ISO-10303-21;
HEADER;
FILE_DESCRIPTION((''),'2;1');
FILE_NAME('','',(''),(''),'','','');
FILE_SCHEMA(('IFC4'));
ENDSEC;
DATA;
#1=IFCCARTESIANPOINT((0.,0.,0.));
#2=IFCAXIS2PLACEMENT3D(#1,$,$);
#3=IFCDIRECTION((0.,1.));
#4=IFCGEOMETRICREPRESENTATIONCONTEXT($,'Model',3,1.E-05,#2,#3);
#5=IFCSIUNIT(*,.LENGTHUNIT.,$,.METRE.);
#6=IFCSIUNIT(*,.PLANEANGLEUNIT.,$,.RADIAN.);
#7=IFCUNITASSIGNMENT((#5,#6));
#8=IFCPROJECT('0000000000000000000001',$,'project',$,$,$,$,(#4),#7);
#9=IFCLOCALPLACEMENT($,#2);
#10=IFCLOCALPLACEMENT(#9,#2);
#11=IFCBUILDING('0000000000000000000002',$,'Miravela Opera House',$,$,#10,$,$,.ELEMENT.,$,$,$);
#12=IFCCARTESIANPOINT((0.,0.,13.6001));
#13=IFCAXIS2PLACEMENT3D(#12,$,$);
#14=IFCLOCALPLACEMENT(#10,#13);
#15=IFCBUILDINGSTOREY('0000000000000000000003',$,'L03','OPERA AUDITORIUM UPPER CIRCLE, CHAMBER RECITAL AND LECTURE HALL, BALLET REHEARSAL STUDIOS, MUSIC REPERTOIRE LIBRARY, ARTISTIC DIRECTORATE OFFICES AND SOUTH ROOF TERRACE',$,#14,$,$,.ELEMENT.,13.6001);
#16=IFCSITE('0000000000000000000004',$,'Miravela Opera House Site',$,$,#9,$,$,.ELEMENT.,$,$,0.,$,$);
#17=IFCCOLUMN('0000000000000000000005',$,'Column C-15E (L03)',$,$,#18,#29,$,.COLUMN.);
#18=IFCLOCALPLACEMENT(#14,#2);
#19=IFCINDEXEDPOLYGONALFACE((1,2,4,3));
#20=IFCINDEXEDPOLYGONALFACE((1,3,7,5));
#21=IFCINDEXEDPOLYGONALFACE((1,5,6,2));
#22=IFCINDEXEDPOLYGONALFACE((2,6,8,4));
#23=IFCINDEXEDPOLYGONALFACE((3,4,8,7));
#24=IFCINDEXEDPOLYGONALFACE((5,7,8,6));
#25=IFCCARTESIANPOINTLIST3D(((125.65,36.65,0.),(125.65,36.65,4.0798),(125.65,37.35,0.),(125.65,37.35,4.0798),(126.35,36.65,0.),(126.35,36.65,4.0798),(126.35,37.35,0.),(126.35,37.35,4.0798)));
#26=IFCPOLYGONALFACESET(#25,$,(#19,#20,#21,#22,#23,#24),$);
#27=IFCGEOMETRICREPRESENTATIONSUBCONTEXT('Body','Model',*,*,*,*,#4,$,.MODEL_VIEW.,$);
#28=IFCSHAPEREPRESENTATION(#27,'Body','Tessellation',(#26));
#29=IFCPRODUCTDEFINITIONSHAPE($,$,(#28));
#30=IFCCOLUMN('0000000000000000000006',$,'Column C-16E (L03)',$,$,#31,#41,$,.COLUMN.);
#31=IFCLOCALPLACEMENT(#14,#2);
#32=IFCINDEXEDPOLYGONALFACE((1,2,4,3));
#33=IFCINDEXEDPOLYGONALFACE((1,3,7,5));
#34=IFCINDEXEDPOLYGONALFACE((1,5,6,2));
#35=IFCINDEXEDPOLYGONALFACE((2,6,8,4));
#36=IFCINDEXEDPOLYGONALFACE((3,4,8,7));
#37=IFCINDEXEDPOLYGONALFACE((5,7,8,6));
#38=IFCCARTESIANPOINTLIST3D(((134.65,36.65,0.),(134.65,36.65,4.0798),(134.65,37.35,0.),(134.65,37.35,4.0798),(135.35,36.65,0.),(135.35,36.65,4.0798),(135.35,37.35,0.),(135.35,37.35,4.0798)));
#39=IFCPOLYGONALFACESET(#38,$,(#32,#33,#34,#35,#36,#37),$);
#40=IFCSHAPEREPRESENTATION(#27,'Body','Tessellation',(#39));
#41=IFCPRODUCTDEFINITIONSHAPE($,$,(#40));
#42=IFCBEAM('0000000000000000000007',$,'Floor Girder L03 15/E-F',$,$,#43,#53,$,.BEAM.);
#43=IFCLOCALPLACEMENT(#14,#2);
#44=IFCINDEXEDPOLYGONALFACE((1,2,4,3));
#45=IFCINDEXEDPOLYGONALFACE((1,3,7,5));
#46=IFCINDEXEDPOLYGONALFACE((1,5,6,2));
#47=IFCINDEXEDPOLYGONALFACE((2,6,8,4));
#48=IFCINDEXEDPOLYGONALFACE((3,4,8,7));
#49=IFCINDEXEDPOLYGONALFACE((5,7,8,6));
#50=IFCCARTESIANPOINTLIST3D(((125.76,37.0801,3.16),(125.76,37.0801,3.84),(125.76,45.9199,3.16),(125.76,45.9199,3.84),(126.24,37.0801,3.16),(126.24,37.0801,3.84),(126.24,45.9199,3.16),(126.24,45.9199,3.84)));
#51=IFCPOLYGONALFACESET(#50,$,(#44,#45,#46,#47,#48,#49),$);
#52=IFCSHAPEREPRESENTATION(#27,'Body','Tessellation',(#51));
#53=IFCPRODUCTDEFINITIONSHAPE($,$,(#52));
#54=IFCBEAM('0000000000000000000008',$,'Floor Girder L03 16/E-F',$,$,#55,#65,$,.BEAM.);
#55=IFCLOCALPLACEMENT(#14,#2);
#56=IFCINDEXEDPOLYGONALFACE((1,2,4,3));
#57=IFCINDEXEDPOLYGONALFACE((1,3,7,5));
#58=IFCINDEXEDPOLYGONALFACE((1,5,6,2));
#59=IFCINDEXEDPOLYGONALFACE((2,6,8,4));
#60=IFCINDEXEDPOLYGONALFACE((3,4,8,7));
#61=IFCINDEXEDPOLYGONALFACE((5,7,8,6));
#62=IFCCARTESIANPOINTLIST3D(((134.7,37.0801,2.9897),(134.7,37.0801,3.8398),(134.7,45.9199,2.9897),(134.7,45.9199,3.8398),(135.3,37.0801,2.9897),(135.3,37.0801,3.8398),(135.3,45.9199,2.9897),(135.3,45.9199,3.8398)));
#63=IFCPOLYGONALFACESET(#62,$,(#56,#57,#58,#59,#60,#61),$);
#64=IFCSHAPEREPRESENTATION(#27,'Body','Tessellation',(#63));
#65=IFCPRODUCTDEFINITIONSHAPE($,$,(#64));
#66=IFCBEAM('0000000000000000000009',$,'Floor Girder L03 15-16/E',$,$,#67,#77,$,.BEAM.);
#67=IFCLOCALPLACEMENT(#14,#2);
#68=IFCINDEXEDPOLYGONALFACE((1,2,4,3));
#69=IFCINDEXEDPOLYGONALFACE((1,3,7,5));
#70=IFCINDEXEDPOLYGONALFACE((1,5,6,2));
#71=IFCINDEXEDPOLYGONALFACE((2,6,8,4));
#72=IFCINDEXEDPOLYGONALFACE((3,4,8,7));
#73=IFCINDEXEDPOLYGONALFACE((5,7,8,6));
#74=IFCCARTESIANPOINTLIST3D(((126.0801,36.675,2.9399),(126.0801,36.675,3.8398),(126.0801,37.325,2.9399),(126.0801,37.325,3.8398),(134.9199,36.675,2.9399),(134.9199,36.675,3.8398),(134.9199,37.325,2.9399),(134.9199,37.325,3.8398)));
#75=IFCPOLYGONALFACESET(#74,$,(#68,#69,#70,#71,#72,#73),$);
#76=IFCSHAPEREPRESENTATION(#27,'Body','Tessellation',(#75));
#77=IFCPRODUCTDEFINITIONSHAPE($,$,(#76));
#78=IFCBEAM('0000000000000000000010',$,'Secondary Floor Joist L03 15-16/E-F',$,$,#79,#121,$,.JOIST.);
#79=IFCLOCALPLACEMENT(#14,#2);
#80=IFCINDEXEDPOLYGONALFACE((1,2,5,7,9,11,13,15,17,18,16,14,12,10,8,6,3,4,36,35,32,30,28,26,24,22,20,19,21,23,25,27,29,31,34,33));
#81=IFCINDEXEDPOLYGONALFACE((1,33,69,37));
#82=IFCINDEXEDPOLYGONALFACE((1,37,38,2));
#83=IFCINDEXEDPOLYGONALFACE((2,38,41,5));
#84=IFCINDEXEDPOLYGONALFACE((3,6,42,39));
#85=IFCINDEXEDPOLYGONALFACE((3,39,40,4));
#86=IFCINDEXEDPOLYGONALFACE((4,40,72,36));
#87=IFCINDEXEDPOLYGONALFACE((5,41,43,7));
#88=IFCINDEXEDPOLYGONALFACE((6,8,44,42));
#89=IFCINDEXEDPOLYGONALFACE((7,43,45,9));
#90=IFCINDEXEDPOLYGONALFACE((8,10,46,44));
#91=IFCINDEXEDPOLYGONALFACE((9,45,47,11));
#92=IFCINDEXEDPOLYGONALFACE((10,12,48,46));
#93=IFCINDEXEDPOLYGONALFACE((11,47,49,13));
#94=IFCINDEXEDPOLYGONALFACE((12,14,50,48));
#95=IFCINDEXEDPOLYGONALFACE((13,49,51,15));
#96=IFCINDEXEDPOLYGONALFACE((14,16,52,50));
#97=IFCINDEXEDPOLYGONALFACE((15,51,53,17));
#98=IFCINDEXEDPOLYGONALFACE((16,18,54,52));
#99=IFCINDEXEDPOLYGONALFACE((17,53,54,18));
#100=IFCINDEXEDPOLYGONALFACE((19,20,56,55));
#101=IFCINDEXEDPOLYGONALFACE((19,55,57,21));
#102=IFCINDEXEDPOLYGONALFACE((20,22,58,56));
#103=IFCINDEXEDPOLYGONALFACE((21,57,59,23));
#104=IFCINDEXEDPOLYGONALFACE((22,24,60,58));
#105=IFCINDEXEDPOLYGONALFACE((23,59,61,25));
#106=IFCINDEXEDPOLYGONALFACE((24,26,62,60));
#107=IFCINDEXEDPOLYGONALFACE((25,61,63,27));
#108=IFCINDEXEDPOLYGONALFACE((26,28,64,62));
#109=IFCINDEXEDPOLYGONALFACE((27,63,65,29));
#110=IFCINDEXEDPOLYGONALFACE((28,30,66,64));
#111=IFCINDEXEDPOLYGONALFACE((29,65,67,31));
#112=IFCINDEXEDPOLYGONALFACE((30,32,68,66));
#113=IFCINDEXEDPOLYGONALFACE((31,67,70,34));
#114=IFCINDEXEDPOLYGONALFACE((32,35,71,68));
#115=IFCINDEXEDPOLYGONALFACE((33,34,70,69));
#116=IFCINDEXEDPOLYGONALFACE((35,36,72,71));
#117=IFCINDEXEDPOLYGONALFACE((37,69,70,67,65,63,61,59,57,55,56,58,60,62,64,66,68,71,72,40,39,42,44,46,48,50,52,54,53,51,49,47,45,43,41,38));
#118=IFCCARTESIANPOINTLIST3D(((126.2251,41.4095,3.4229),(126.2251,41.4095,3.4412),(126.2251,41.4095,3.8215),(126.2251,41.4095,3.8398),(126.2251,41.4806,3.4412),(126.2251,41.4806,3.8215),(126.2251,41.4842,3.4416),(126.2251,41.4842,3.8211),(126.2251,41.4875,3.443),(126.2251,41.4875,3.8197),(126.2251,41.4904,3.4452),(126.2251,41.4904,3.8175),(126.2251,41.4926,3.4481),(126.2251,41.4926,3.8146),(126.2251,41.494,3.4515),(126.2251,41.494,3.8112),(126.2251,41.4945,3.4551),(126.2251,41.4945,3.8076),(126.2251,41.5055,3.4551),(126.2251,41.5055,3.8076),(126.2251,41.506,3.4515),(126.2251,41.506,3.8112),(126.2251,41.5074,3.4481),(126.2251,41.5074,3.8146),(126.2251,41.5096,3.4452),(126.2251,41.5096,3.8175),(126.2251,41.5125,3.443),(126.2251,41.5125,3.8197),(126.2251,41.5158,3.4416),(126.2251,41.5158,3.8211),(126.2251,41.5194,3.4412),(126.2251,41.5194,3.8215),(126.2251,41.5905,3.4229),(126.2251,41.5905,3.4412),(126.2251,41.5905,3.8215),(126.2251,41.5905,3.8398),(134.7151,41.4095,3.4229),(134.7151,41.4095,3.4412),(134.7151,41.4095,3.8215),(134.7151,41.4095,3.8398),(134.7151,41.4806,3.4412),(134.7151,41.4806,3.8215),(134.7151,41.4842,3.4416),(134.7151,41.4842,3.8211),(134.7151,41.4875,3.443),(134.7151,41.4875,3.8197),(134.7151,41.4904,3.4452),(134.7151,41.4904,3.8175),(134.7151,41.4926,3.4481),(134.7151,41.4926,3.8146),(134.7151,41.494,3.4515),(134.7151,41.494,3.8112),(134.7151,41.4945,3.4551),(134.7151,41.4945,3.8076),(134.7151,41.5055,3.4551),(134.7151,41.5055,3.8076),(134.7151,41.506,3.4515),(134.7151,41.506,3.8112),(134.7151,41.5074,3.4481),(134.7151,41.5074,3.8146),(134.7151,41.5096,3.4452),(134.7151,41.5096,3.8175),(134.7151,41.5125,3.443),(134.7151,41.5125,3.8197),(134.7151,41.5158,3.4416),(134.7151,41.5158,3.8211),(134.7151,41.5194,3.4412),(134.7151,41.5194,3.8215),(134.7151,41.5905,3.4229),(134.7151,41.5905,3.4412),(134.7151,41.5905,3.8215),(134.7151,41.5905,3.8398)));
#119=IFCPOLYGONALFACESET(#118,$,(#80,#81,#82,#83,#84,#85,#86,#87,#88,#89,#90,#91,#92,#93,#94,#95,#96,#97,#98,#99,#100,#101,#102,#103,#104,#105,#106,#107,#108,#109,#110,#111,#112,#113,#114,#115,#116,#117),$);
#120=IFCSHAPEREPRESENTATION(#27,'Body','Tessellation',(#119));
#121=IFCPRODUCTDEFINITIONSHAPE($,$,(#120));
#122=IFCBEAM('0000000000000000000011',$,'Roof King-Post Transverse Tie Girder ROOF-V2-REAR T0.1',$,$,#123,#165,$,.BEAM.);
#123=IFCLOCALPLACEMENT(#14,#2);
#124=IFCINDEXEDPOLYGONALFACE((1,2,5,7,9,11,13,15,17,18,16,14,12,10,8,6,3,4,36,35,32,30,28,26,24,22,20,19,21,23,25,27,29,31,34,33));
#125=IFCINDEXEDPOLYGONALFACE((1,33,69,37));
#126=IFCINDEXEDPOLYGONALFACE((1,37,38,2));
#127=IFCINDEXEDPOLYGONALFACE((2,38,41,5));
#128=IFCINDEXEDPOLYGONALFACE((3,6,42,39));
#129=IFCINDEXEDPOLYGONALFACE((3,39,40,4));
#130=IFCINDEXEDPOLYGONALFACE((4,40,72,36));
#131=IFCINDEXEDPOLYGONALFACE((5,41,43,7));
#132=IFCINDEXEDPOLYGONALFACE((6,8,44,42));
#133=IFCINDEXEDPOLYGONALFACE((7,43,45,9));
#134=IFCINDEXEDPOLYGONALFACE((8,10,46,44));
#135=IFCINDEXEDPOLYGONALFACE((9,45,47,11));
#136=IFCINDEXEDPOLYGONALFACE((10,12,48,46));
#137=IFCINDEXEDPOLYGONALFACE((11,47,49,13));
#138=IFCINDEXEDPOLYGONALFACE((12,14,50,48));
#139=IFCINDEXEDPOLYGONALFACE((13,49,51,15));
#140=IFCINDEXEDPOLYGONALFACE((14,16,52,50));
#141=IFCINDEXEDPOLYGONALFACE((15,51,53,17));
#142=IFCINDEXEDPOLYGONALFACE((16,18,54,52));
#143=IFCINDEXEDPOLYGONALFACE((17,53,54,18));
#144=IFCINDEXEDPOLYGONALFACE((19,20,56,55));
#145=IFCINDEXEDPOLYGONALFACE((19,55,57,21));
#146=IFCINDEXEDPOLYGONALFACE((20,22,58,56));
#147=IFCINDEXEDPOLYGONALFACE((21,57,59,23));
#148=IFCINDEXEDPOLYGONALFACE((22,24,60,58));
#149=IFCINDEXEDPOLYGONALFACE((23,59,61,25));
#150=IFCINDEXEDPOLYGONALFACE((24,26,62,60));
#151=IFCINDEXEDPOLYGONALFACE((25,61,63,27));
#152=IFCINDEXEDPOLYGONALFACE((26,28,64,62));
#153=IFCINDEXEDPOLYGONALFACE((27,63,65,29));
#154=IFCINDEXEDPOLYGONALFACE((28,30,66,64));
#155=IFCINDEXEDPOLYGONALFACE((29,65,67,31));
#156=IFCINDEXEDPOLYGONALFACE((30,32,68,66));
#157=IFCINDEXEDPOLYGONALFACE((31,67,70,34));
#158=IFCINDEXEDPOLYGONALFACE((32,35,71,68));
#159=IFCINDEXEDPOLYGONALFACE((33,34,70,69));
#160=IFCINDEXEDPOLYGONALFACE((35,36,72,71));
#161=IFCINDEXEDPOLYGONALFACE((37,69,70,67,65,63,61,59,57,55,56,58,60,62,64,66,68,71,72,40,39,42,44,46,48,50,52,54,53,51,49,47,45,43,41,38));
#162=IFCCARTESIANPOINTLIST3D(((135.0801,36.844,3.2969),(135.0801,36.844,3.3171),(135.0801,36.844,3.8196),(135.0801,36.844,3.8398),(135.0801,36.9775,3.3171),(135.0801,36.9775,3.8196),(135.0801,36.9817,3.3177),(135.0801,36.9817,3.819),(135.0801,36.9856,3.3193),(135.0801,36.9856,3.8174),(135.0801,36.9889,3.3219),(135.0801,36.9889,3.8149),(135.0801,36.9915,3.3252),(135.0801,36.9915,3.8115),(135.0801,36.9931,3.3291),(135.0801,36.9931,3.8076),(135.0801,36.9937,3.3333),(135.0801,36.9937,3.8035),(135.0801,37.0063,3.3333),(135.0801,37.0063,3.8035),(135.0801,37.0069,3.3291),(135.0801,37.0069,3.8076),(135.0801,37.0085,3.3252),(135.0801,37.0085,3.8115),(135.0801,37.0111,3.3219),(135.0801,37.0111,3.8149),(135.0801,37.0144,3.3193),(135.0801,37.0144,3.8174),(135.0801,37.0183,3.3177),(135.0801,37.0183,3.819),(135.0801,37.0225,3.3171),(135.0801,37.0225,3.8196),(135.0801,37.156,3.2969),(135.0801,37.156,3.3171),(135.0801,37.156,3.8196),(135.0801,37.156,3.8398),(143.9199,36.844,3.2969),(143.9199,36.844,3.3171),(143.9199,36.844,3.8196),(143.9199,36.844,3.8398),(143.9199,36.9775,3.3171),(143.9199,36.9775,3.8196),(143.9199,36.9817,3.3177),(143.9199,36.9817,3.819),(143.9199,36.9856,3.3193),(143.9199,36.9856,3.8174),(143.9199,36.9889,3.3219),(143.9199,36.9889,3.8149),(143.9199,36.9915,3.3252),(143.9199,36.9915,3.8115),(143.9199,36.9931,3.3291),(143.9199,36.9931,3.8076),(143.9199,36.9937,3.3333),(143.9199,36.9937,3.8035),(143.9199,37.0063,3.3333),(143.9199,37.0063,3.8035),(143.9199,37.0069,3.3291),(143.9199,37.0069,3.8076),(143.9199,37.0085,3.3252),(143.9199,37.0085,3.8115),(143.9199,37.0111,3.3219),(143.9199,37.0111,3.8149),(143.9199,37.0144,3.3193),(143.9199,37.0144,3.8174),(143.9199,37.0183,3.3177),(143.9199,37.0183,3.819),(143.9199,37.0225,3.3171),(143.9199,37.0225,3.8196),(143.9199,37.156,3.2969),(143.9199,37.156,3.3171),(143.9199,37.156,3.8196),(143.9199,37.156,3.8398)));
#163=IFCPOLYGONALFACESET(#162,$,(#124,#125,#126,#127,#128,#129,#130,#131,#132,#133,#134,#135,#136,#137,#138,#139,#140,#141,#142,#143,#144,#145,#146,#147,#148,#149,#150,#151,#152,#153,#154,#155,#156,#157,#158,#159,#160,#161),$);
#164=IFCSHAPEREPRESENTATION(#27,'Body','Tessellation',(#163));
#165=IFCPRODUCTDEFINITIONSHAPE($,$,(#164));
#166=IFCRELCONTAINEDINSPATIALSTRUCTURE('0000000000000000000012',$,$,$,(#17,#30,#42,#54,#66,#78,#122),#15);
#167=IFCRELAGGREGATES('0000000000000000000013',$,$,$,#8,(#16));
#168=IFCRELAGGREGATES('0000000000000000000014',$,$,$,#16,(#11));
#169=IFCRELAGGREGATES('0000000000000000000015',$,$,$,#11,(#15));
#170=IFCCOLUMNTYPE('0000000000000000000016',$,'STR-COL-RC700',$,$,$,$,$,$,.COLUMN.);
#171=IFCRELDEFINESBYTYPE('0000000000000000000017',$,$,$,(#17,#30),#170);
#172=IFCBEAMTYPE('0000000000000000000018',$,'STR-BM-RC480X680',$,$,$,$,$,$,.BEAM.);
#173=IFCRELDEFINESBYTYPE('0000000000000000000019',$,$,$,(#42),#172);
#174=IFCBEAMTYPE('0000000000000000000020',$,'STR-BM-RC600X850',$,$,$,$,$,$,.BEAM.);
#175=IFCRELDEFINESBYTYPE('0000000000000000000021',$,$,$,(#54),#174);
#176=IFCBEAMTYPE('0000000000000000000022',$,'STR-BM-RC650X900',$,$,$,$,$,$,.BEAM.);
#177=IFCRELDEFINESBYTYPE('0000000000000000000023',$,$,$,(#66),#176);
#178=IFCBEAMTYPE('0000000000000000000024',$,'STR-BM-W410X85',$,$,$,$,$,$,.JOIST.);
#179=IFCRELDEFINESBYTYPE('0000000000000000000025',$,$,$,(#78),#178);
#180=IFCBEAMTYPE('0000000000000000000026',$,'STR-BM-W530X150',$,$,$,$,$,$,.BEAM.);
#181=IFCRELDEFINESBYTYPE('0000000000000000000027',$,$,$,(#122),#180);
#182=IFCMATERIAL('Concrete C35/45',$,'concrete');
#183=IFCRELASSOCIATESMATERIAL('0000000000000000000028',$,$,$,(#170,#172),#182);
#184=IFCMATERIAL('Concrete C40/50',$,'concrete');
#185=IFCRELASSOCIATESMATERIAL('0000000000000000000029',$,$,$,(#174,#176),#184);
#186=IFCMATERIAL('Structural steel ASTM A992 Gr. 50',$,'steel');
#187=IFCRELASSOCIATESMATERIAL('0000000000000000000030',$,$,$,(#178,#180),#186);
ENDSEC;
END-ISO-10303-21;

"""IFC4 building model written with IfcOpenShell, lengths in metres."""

from ifc_helpers import new_model, si_unit, direction, frame, origin, origin_2d, place, context, subcontext, project, spatial, rectangle, i_section, extrude, material, material_profile, profile_set, type_object, element, save


model = new_model("IFC4")

# Units and contexts
model_context = context("Model", 3, precision=1e-05, world=origin(), true_north=direction((0.0, 1.0)))
body_context = subcontext(model_context, "Body", "Model", "MODEL_VIEW")
ifc_project = project(units=[si_unit("LENGTHUNIT", "METRE"), si_unit("PLANEANGLEUNIT", "RADIAN")], contexts=[model_context])

# Site, building, storey
site_placement = place(None, origin())
site = spatial("IfcSite", under=ifc_project, at=site_placement, Name="Miravela Opera House Site", CompositionType="ELEMENT", RefElevation=0.0)
building_placement = place(site_placement, origin())
building = spatial("IfcBuilding", under=site, at=building_placement, Name="Miravela Opera House", CompositionType="ELEMENT")
storey_placement = place(building_placement, frame((0.0, 0.0, 13.6001)))
storey = spatial("IfcBuildingStorey", under=building, at=storey_placement, Name="L03", Description="OPERA AUDITORIUM UPPER CIRCLE, CHAMBER RECITAL AND LECTURE HALL, BALLET REHEARSAL STUDIOS, MUSIC REPERTOIRE LIBRARY, ARTISTIC DIRECTORATE OFFICES AND SOUTH ROOF TERRACE", CompositionType="ELEMENT", Elevation=13.6001)

# Columns
ifc_material_1 = material(Name="Concrete C35/45", Category="concrete")
ifc_material_profile_1 = material_profile(ifc_material_1, rectangle(XDim=0.7, YDim=0.7, at=origin_2d()), Name="RC-COL-700X700")
ifc_profile_set_1 = profile_set([ifc_material_profile_1])
column_type = type_object("IfcColumnType", Name="STR-COL-RC700", PredefinedType="COLUMN", material=ifc_profile_set_1)
for number, where, z_axis, x_axis, name in (
    (1, (126.0, 37.0, 0.0), (0.0, 0.0, 1.0), (1.0, 0.0, 0.0), "Column C-15E (L03)"),
    (2, (135.0, 37.0, 0.0), (0.0, 0.0, 1.0), (1.0, 0.0, 0.0), "Column C-16E (L03)"),
):
    element("IfcColumn", number, at=place(storey_placement, frame(where, z_axis=z_axis, x_axis=x_axis)), inside=storey, type_object=column_type, Name=name, PredefinedType="COLUMN", context=body_context, shape_type="SweptSolid", body=[
        extrude(rectangle(XDim=0.7, YDim=0.7, at=origin_2d()), origin(), (0.0, 0.0, 1.0), 4.0798),
    ])

# Beams
ifc_material_profile_2 = material_profile(ifc_material_1, rectangle(XDim=0.48, YDim=0.6799, at=origin_2d()), Name="RC-BM-480X680")
ifc_profile_set_2 = profile_set([ifc_material_profile_2])
beam_type_1 = type_object("IfcBeamType", Name="STR-BM-RC480X680", PredefinedType="BEAM", material=ifc_profile_set_2)
beam_1_placement = place(storey_placement, frame((126.0, 37.0801, 3.5), z_axis=(0.0, 1.0, 0.0), x_axis=(-1.0, 0.0, 0.0)))
element("IfcBeam", 3, at=beam_1_placement, inside=storey, type_object=beam_type_1, Name="Floor Girder L03 15/E-F", PredefinedType="BEAM", context=body_context, shape_type="SweptSolid", body=[
    extrude(rectangle(XDim=0.48, YDim=0.6799, at=origin_2d()), origin(), (0.0, 0.0, 1.0), 8.8398),
])
ifc_material_2 = material(Name="Concrete C40/50", Category="concrete")
ifc_material_profile_3 = material_profile(ifc_material_2, rectangle(XDim=0.6001, YDim=0.8501, at=origin_2d()), Name="RC-BM-600X850")
ifc_profile_set_3 = profile_set([ifc_material_profile_3])
beam_type_2 = type_object("IfcBeamType", Name="STR-BM-RC600X850", PredefinedType="BEAM", material=ifc_profile_set_3)
beam_2_placement = place(storey_placement, frame((135.0, 37.0801, 3.4148), z_axis=(0.0, 1.0, 0.0), x_axis=(-1.0, 0.0, 0.0)))
element("IfcBeam", 4, at=beam_2_placement, inside=storey, type_object=beam_type_2, Name="Floor Girder L03 16/E-F", PredefinedType="BEAM", context=body_context, shape_type="SweptSolid", body=[
    extrude(rectangle(XDim=0.6001, YDim=0.8501, at=origin_2d()), origin(), (0.0, 0.0, 1.0), 8.8398),
])
ifc_material_profile_4 = material_profile(ifc_material_2, rectangle(XDim=0.6499, YDim=0.8999, at=origin_2d()), Name="RC-BM-650X900")
ifc_profile_set_4 = profile_set([ifc_material_profile_4])
beam_type_3 = type_object("IfcBeamType", Name="STR-BM-RC650X900", PredefinedType="BEAM", material=ifc_profile_set_4)
beam_3_placement = place(storey_placement, frame((126.0801, 37.0, 3.3899), z_axis=(1.0, 0.0, 0.0), x_axis=(0.0, 1.0, 0.0)))
element("IfcBeam", 5, at=beam_3_placement, inside=storey, type_object=beam_type_3, Name="Floor Girder L03 15-16/E", PredefinedType="BEAM", context=body_context, shape_type="SweptSolid", body=[
    extrude(rectangle(XDim=0.6499, YDim=0.8999, at=origin_2d()), origin(), (0.0, 0.0, 1.0), 8.8398),
])
ifc_material_3 = material(Name="Structural steel ASTM A992 Gr. 50", Category="steel")
ifc_material_profile_5 = material_profile(ifc_material_3, i_section(OverallWidth=0.1809, OverallDepth=0.417, WebThickness=0.011, FlangeThickness=0.0183, FilletRadius=0.0139, at=origin_2d()), Name="W410X85")
ifc_profile_set_5 = profile_set([ifc_material_profile_5])
beam_type_4 = type_object("IfcBeamType", Name="STR-BM-W410X85", PredefinedType="JOIST", material=ifc_profile_set_5)
beam_4_placement = place(storey_placement, frame((126.2251, 41.5, 3.6313), z_axis=(1.0, 0.0, 0.0), x_axis=(0.0, 1.0, 0.0)))
element("IfcBeam", 6, at=beam_4_placement, inside=storey, type_object=beam_type_4, Name="Secondary Floor Joist L03 15-16/E-F", PredefinedType="JOIST", context=body_context, shape_type="SweptSolid", body=[
    extrude(i_section(OverallWidth=0.1809, OverallDepth=0.417, WebThickness=0.011, FlangeThickness=0.0183, FilletRadius=0.0139, at=origin_2d()), origin(), (0.0, 0.0, 1.0), 8.49),
])
ifc_material_profile_6 = material_profile(ifc_material_3, i_section(OverallWidth=0.312, OverallDepth=0.543, WebThickness=0.0127, FlangeThickness=0.0203, FilletRadius=0.0161, at=origin_2d()), Name="W530X150")
ifc_profile_set_6 = profile_set([ifc_material_profile_6])
beam_type_5 = type_object("IfcBeamType", Name="STR-BM-W530X150", PredefinedType="BEAM", material=ifc_profile_set_6)
beam_5_placement = place(storey_placement, frame((135.0801, 37.0, 3.5684), z_axis=(1.0, 0.0, 0.0), x_axis=(0.0, 1.0, 0.0)))
element("IfcBeam", 7, at=beam_5_placement, inside=storey, type_object=beam_type_5, Name="Roof King-Post Transverse Tie Girder ROOF-V2-REAR T0.1", PredefinedType="BEAM", context=body_context, shape_type="SweptSolid", body=[
    extrude(i_section(OverallWidth=0.312, OverallDepth=0.543, WebThickness=0.0127, FlangeThickness=0.0203, FilletRadius=0.0161, at=origin_2d()), origin(), (0.0, 0.0, 1.0), 8.8398),
])

save(model, "model.ifc")
